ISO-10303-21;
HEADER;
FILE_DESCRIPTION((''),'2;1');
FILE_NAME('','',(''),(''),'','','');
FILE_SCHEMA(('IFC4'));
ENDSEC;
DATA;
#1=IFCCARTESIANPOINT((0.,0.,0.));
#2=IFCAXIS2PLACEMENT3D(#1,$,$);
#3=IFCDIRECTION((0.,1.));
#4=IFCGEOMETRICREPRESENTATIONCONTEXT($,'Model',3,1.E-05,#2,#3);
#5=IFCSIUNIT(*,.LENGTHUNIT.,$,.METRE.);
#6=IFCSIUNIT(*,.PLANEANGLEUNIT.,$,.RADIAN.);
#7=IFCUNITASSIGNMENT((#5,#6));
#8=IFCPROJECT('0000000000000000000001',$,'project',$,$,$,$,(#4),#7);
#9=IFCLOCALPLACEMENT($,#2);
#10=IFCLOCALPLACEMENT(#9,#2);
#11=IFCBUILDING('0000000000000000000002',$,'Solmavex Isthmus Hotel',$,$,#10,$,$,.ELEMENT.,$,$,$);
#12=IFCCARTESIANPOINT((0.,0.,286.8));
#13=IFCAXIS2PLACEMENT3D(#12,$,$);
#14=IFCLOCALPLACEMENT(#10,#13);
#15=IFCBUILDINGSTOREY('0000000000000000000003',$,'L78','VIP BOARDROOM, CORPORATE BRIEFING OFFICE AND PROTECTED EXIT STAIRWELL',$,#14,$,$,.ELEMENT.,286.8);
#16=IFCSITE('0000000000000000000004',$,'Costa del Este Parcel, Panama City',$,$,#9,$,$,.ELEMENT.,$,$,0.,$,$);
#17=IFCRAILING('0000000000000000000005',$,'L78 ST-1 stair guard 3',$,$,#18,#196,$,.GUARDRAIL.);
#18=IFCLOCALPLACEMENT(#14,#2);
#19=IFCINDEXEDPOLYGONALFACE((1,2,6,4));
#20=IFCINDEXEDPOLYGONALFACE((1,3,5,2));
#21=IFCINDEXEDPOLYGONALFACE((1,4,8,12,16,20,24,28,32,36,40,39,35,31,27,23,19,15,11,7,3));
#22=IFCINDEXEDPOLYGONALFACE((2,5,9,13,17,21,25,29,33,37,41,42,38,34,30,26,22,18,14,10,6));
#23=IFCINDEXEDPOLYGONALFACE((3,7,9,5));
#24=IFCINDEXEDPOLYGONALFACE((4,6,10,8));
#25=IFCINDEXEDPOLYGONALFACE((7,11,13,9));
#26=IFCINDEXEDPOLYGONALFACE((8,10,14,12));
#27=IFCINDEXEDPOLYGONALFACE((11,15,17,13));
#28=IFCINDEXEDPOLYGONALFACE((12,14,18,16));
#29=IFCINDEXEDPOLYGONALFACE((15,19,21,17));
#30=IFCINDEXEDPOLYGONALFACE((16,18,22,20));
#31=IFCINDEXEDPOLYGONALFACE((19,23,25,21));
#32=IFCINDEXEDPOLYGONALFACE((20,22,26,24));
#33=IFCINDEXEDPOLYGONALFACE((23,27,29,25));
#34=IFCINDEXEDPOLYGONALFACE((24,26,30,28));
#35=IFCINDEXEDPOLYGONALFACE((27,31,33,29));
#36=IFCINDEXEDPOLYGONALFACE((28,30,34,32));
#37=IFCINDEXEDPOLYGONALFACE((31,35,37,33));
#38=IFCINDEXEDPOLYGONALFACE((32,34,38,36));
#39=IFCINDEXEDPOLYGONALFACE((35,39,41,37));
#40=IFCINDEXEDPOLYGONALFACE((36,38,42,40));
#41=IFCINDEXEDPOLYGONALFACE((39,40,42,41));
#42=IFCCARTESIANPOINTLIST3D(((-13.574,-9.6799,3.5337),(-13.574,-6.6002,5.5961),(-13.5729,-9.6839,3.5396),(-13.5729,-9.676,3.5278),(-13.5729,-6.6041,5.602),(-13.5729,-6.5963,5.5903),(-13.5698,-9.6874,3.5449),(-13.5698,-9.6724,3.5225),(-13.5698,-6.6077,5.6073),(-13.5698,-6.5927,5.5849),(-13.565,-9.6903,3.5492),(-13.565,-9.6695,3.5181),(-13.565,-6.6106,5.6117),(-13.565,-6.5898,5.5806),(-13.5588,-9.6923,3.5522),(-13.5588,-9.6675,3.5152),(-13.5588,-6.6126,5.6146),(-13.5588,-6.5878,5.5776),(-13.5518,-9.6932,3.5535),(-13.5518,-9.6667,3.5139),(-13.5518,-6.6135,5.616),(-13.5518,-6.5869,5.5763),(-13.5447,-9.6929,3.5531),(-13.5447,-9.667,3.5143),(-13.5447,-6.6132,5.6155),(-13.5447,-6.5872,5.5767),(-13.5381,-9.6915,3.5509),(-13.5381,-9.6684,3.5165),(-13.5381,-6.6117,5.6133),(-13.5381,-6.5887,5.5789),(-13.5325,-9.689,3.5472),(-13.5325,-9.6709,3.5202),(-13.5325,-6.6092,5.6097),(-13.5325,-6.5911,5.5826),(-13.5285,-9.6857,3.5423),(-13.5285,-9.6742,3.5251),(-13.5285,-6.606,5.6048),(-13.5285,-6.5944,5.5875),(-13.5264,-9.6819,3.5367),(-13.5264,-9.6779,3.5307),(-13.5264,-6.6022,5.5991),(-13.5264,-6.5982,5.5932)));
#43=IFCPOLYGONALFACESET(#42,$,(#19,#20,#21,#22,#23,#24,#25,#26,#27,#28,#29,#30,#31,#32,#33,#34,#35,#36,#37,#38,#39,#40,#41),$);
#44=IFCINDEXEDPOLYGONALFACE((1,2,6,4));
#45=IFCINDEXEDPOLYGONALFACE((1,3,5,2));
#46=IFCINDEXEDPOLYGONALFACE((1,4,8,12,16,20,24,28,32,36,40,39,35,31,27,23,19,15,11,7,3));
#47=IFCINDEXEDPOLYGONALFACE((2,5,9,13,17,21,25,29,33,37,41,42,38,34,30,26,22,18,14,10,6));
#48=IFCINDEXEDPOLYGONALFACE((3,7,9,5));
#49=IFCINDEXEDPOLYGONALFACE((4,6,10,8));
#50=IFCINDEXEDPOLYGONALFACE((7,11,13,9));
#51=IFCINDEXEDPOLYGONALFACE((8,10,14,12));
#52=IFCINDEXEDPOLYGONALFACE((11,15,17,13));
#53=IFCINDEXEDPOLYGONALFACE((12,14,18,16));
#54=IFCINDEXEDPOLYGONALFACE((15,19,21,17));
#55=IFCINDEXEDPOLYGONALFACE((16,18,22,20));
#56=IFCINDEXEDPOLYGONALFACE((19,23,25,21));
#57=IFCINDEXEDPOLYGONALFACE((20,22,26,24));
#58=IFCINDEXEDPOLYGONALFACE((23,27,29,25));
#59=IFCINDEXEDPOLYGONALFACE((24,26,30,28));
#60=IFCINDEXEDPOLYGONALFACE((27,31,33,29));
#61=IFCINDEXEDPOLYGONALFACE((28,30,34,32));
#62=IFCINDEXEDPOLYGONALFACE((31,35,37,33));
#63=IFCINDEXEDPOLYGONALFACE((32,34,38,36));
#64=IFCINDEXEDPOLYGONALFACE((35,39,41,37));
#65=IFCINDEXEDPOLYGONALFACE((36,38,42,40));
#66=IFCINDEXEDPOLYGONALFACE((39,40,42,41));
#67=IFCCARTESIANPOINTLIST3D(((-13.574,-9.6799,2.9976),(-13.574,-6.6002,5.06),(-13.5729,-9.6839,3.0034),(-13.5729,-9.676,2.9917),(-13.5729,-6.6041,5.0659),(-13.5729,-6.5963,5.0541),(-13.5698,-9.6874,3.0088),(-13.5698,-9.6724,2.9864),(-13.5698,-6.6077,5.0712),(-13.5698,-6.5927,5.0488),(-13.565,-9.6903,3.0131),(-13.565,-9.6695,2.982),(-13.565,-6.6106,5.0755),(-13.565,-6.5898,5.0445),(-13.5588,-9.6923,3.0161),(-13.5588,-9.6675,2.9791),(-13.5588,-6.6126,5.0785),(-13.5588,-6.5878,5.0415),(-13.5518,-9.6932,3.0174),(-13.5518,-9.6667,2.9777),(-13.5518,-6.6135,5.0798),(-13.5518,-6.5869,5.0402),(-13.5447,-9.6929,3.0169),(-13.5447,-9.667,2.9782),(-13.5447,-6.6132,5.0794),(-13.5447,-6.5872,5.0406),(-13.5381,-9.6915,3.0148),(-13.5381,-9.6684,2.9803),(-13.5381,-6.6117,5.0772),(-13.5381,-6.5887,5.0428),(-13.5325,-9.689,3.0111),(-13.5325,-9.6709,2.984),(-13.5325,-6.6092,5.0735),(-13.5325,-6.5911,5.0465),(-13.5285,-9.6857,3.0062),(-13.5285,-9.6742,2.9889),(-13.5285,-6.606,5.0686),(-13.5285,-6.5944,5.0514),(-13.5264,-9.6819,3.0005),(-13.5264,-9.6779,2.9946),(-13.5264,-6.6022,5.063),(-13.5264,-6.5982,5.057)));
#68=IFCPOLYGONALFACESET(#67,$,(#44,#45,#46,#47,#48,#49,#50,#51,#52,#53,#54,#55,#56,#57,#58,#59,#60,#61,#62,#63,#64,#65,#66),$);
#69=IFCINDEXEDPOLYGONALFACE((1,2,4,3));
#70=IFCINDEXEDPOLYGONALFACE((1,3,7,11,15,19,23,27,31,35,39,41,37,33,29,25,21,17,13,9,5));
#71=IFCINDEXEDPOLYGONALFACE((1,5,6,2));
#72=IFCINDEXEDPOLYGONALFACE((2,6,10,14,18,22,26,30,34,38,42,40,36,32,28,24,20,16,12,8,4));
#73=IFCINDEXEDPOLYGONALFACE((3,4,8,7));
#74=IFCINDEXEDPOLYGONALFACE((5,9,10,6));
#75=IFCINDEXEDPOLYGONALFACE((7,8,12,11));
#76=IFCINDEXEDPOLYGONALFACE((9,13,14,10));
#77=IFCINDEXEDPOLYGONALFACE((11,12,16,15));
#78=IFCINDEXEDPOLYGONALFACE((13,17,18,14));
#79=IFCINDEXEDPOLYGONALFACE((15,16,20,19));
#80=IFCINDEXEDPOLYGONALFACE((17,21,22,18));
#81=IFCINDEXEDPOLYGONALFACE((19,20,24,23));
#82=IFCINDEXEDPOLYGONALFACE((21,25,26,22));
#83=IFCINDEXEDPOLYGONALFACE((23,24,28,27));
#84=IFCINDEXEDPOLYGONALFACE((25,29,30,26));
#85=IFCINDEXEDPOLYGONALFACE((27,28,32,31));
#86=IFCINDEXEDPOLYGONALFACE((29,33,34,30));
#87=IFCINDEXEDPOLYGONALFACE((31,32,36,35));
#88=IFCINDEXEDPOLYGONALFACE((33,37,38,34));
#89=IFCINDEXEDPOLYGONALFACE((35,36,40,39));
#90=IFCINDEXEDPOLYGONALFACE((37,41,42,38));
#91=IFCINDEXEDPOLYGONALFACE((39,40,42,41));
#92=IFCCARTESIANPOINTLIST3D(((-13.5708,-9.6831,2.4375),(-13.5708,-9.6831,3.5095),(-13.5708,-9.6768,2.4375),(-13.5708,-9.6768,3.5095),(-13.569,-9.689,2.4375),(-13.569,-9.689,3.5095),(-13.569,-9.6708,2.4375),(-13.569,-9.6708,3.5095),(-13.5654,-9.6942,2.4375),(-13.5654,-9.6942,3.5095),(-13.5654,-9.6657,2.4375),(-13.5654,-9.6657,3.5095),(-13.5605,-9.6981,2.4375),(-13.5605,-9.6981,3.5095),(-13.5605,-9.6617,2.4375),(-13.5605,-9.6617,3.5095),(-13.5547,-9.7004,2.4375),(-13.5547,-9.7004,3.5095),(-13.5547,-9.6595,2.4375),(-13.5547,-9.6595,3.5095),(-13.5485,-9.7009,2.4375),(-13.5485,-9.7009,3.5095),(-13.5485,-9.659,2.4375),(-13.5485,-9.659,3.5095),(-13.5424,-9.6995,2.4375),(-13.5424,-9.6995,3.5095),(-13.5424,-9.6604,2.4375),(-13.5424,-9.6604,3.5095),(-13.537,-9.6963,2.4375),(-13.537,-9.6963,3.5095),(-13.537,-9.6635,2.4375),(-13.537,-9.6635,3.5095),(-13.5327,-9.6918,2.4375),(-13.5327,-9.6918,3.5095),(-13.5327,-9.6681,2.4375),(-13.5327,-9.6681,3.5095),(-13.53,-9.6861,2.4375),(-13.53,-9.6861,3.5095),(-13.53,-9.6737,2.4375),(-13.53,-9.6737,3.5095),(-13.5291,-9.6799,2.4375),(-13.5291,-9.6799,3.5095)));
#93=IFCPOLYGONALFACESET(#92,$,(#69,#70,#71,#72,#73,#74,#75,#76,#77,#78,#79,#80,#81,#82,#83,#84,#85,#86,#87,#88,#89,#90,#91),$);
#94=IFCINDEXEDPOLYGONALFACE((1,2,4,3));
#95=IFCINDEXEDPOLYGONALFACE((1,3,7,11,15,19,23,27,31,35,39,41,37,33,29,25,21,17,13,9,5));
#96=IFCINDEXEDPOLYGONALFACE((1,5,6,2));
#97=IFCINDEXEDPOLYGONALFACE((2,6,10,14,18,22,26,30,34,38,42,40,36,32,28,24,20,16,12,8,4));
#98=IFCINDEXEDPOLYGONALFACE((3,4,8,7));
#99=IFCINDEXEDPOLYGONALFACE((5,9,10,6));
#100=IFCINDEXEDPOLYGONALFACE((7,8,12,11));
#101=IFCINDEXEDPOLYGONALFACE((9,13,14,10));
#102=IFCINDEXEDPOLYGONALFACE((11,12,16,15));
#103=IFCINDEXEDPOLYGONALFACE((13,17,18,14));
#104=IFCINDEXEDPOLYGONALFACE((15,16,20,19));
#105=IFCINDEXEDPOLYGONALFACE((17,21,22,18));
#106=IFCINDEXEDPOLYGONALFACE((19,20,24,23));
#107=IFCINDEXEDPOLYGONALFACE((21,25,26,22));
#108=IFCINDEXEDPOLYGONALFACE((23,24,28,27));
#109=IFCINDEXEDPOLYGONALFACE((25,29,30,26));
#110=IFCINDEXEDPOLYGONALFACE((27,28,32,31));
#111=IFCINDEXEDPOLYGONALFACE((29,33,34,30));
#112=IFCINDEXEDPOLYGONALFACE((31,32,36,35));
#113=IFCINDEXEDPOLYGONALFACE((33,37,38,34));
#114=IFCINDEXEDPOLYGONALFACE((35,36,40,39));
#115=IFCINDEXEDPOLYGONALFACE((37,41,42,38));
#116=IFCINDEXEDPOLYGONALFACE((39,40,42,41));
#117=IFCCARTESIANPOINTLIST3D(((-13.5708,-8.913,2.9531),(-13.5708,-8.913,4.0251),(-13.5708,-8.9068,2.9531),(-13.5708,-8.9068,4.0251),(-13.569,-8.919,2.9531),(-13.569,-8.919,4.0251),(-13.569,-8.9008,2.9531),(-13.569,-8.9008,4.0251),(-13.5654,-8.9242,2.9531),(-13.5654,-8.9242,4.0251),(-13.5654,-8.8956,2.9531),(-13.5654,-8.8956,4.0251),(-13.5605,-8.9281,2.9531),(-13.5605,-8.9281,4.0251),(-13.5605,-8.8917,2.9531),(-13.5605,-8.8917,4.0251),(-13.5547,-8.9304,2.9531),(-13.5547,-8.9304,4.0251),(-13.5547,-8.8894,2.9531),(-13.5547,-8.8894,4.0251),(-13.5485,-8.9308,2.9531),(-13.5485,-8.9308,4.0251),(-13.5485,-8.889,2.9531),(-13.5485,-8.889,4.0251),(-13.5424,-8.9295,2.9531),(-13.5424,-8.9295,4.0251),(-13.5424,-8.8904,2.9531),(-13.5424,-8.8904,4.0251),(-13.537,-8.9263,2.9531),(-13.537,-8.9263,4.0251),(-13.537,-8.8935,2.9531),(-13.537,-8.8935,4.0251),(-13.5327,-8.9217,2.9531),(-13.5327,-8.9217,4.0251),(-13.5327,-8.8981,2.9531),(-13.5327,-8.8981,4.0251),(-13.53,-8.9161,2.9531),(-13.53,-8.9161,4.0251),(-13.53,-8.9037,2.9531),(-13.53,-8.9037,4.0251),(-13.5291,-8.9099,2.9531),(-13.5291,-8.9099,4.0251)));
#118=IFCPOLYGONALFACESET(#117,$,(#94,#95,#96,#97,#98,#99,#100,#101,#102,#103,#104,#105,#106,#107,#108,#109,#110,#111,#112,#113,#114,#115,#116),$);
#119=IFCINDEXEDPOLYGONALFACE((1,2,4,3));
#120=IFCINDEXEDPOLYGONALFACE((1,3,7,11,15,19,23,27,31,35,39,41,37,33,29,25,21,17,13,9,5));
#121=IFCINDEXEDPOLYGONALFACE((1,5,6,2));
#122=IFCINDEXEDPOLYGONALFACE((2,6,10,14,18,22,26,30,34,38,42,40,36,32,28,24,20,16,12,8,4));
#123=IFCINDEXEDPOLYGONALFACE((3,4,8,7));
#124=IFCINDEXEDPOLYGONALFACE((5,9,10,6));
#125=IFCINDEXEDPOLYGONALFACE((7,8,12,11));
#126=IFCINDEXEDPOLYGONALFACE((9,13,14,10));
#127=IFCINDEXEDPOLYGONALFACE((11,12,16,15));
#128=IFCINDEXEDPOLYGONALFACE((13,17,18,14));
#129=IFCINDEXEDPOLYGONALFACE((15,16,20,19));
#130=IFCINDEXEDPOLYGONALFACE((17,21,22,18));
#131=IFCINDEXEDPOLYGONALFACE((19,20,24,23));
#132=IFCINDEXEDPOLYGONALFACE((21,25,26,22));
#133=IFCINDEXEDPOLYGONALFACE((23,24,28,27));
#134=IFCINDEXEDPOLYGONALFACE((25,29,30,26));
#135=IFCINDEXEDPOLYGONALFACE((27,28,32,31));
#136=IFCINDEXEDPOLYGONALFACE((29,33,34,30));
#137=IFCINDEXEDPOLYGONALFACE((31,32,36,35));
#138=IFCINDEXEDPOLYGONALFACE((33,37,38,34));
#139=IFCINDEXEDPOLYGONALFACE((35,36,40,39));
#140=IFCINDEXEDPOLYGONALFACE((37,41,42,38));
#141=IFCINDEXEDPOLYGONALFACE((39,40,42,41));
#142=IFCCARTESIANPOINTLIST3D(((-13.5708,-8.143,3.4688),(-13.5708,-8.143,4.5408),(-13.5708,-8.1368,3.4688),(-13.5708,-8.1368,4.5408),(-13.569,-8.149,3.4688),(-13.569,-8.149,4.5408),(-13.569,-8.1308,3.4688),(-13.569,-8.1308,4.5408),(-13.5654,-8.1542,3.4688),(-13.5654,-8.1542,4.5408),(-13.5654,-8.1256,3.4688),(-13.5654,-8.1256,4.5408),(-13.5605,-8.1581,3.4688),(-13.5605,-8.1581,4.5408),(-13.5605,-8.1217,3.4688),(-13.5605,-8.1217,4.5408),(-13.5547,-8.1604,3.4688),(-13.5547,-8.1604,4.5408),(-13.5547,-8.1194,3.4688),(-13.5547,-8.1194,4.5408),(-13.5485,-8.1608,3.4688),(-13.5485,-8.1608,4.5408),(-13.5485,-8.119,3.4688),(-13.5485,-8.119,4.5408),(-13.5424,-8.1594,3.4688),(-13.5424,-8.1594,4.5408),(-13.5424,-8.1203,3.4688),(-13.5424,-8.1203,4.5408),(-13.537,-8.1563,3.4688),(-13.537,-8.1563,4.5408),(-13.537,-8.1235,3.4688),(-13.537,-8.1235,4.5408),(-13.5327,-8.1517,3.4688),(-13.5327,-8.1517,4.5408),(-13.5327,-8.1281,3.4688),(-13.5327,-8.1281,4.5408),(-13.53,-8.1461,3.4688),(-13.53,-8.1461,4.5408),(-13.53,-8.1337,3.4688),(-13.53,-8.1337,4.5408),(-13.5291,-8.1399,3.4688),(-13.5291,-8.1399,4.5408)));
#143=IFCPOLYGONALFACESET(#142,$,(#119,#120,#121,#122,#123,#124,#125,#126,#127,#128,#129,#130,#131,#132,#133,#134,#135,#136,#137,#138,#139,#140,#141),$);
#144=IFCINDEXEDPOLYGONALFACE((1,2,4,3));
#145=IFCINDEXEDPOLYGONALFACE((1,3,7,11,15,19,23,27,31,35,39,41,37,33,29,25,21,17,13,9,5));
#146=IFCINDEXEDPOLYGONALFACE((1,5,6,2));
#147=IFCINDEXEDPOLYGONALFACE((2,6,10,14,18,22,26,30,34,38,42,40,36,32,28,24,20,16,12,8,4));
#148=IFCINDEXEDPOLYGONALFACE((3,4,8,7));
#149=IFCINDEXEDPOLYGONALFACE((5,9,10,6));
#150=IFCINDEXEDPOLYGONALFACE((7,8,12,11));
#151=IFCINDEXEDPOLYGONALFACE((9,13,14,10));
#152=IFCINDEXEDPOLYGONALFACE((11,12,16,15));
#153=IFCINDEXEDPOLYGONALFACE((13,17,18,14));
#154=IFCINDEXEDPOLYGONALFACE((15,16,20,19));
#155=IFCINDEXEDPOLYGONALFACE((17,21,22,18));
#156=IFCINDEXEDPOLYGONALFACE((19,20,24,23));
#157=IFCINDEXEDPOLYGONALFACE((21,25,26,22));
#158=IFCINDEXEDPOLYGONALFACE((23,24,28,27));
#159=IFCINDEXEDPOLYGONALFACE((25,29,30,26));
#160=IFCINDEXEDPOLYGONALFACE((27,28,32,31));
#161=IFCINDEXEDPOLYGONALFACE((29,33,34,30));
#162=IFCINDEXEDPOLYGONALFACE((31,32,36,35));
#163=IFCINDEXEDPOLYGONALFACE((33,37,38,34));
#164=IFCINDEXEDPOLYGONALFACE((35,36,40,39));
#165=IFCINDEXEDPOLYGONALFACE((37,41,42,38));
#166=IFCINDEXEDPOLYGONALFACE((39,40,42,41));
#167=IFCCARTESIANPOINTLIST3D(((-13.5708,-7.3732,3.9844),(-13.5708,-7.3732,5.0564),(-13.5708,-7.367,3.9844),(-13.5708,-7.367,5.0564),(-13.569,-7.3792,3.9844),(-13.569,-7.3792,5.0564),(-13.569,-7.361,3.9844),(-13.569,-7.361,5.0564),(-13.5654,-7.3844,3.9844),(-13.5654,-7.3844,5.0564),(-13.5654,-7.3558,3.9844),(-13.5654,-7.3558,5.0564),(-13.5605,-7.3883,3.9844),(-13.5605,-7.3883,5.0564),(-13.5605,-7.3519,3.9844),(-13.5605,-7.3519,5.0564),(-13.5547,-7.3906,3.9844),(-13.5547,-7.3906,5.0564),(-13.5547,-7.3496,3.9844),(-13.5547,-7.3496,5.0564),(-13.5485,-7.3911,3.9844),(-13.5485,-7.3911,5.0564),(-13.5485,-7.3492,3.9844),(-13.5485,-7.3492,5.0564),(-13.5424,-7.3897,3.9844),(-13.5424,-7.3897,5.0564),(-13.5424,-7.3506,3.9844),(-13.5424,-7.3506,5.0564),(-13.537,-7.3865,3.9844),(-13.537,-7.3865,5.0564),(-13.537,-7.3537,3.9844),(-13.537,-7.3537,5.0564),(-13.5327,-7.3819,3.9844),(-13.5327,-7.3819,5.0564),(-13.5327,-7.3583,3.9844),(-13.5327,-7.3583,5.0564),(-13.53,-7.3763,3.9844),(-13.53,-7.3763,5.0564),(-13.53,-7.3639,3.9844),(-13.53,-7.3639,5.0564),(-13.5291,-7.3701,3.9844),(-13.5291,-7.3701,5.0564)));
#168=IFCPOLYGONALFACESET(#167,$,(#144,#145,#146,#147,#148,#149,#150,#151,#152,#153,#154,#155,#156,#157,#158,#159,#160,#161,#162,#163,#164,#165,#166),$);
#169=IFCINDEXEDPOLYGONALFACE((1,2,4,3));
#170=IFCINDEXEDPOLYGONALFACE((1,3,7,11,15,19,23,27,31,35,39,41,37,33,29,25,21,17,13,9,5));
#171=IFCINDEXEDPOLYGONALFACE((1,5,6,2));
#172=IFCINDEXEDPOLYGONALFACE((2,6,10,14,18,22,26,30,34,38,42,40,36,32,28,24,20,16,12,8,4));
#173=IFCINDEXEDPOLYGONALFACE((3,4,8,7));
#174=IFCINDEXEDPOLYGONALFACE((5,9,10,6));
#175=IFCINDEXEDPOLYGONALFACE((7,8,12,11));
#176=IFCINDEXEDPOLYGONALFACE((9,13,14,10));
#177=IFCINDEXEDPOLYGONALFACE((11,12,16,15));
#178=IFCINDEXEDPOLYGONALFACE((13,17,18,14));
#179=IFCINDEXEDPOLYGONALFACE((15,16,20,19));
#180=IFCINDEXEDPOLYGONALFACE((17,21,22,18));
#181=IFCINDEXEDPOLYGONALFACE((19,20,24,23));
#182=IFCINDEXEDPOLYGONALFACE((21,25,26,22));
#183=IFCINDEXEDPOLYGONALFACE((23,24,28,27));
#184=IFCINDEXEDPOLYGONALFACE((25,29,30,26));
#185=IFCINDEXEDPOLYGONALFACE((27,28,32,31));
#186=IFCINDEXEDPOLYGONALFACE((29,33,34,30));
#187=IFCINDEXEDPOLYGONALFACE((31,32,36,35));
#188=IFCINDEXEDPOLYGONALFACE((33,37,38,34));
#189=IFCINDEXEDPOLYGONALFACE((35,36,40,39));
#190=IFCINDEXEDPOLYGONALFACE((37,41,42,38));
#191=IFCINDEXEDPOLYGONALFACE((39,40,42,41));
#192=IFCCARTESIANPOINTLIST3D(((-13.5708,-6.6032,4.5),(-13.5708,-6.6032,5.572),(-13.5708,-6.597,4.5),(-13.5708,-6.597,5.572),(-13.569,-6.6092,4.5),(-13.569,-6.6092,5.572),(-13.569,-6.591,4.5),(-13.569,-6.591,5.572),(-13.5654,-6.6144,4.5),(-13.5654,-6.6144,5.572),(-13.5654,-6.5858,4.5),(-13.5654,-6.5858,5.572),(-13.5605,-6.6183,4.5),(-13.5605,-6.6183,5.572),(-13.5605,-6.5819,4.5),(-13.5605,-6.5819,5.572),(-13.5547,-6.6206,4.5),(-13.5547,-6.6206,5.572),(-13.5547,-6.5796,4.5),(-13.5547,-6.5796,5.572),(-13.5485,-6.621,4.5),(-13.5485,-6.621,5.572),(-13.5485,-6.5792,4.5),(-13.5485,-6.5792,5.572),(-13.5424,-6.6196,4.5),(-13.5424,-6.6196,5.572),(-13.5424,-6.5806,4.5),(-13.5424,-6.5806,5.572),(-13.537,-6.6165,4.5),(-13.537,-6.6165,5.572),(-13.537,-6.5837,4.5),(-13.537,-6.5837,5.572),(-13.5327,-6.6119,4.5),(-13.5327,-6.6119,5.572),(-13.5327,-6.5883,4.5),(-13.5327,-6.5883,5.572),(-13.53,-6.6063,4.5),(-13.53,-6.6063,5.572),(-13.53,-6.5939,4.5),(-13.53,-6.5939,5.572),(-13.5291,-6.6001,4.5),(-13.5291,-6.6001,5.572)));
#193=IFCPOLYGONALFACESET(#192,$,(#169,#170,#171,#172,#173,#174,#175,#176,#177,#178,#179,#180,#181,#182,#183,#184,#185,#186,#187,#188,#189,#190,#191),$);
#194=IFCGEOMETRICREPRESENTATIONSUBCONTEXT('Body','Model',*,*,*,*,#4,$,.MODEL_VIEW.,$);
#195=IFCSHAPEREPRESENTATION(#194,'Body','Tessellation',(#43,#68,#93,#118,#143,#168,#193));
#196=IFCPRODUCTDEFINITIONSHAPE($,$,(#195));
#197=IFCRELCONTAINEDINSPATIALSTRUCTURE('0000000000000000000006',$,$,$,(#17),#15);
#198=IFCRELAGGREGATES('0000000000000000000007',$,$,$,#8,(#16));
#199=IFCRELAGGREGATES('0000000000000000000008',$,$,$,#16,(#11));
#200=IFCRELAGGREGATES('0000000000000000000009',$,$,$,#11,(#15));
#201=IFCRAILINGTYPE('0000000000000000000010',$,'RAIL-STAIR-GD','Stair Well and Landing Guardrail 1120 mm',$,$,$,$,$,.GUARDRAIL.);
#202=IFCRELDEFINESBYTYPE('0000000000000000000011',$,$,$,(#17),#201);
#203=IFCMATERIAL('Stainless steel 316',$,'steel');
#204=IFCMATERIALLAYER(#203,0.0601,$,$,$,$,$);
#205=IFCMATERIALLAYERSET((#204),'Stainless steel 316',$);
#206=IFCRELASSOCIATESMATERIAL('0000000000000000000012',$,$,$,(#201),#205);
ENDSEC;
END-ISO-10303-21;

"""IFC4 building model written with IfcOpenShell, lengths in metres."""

from ifc_helpers import new_model, si_unit, direction, frame, origin, origin_2d, place, context, subcontext, project, spatial, circle, extrude, material, layer, layer_set, type_object, element, save


model = new_model("IFC4")

# Units and contexts
model_context = context("Model", 3, precision=1e-05, world=origin(), true_north=direction((0.0, 1.0)))
body_context = subcontext(model_context, "Body", "Model", "MODEL_VIEW")
ifc_project = project(units=[si_unit("LENGTHUNIT", "METRE"), si_unit("PLANEANGLEUNIT", "RADIAN")], contexts=[model_context])

# Site, building, storey
site_placement = place(None, origin())
site = spatial("IfcSite", under=ifc_project, at=site_placement, Name="Costa del Este Parcel, Panama City", CompositionType="ELEMENT", RefElevation=0.0)
building_placement = place(site_placement, origin())
building = spatial("IfcBuilding", under=site, at=building_placement, Name="Solmavex Isthmus Hotel", CompositionType="ELEMENT")
storey_placement = place(building_placement, frame((0.0, 0.0, 286.8)))
storey = spatial("IfcBuildingStorey", under=building, at=storey_placement, Name="L78", Description="VIP BOARDROOM, CORPORATE BRIEFING OFFICE AND PROTECTED EXIT STAIRWELL", CompositionType="ELEMENT", Elevation=286.8)

# Shared definitions
ifc_material_1 = material(Name="Stainless steel 316", Category="steel")

# Railing
ifc_layer_1 = layer(ifc_material_1, 0.0601)
ifc_layer_set_1 = layer_set([ifc_layer_1], Name="Stainless steel 316")
railing_type_1 = type_object("IfcRailingType", Name="RAIL-STAIR-GD", Description="Stair Well and Landing Guardrail 1120 mm", PredefinedType="GUARDRAIL", material=ifc_layer_set_1)
railing_1_placement = place(storey_placement, frame((-13.55, -9.6799, 2.4375)))
element("IfcRailing", 1, at=railing_1_placement, inside=storey, type_object=railing_type_1, Name="L78 ST-1 stair guard 3", PredefinedType="GUARDRAIL", context=body_context, shape_type="SweptSolid", body=[
    extrude(circle(Radius=0.0239, at=origin_2d()), frame((0.0, 0.0, 1.0962), z_axis=(0.0, 0.830893, 0.556432), x_axis=(-1.0, 0.0, 0.0)), (0.0, 0.0, 1.0), 3.7065),
    extrude(circle(Radius=0.0239, at=origin_2d()), frame((0.0, 0.0, 0.5601), z_axis=(0.0, 0.830893, 0.556432), x_axis=(-1.0, 0.0, 0.0)), (0.0, 0.0, 1.0), 3.7065),
    extrude(circle(Radius=0.021, at=origin_2d()), origin(), (0.0, 0.0, 1.0), 1.072),
    extrude(circle(Radius=0.021, at=origin_2d()), frame((0.0, 0.77, 0.5156)), (0.0, 0.0, 1.0), 1.072),
    extrude(circle(Radius=0.021, at=origin_2d()), frame((0.0, 1.54, 1.0312)), (0.0, 0.0, 1.0), 1.072),
    extrude(circle(Radius=0.021, at=origin_2d()), frame((0.0, 2.3098, 1.5469)), (0.0, 0.0, 1.0), 1.072),
    extrude(circle(Radius=0.021, at=origin_2d()), frame((0.0, 3.0798, 2.0625)), (0.0, 0.0, 1.0), 1.072),
])

save(model, "model.ifc")
